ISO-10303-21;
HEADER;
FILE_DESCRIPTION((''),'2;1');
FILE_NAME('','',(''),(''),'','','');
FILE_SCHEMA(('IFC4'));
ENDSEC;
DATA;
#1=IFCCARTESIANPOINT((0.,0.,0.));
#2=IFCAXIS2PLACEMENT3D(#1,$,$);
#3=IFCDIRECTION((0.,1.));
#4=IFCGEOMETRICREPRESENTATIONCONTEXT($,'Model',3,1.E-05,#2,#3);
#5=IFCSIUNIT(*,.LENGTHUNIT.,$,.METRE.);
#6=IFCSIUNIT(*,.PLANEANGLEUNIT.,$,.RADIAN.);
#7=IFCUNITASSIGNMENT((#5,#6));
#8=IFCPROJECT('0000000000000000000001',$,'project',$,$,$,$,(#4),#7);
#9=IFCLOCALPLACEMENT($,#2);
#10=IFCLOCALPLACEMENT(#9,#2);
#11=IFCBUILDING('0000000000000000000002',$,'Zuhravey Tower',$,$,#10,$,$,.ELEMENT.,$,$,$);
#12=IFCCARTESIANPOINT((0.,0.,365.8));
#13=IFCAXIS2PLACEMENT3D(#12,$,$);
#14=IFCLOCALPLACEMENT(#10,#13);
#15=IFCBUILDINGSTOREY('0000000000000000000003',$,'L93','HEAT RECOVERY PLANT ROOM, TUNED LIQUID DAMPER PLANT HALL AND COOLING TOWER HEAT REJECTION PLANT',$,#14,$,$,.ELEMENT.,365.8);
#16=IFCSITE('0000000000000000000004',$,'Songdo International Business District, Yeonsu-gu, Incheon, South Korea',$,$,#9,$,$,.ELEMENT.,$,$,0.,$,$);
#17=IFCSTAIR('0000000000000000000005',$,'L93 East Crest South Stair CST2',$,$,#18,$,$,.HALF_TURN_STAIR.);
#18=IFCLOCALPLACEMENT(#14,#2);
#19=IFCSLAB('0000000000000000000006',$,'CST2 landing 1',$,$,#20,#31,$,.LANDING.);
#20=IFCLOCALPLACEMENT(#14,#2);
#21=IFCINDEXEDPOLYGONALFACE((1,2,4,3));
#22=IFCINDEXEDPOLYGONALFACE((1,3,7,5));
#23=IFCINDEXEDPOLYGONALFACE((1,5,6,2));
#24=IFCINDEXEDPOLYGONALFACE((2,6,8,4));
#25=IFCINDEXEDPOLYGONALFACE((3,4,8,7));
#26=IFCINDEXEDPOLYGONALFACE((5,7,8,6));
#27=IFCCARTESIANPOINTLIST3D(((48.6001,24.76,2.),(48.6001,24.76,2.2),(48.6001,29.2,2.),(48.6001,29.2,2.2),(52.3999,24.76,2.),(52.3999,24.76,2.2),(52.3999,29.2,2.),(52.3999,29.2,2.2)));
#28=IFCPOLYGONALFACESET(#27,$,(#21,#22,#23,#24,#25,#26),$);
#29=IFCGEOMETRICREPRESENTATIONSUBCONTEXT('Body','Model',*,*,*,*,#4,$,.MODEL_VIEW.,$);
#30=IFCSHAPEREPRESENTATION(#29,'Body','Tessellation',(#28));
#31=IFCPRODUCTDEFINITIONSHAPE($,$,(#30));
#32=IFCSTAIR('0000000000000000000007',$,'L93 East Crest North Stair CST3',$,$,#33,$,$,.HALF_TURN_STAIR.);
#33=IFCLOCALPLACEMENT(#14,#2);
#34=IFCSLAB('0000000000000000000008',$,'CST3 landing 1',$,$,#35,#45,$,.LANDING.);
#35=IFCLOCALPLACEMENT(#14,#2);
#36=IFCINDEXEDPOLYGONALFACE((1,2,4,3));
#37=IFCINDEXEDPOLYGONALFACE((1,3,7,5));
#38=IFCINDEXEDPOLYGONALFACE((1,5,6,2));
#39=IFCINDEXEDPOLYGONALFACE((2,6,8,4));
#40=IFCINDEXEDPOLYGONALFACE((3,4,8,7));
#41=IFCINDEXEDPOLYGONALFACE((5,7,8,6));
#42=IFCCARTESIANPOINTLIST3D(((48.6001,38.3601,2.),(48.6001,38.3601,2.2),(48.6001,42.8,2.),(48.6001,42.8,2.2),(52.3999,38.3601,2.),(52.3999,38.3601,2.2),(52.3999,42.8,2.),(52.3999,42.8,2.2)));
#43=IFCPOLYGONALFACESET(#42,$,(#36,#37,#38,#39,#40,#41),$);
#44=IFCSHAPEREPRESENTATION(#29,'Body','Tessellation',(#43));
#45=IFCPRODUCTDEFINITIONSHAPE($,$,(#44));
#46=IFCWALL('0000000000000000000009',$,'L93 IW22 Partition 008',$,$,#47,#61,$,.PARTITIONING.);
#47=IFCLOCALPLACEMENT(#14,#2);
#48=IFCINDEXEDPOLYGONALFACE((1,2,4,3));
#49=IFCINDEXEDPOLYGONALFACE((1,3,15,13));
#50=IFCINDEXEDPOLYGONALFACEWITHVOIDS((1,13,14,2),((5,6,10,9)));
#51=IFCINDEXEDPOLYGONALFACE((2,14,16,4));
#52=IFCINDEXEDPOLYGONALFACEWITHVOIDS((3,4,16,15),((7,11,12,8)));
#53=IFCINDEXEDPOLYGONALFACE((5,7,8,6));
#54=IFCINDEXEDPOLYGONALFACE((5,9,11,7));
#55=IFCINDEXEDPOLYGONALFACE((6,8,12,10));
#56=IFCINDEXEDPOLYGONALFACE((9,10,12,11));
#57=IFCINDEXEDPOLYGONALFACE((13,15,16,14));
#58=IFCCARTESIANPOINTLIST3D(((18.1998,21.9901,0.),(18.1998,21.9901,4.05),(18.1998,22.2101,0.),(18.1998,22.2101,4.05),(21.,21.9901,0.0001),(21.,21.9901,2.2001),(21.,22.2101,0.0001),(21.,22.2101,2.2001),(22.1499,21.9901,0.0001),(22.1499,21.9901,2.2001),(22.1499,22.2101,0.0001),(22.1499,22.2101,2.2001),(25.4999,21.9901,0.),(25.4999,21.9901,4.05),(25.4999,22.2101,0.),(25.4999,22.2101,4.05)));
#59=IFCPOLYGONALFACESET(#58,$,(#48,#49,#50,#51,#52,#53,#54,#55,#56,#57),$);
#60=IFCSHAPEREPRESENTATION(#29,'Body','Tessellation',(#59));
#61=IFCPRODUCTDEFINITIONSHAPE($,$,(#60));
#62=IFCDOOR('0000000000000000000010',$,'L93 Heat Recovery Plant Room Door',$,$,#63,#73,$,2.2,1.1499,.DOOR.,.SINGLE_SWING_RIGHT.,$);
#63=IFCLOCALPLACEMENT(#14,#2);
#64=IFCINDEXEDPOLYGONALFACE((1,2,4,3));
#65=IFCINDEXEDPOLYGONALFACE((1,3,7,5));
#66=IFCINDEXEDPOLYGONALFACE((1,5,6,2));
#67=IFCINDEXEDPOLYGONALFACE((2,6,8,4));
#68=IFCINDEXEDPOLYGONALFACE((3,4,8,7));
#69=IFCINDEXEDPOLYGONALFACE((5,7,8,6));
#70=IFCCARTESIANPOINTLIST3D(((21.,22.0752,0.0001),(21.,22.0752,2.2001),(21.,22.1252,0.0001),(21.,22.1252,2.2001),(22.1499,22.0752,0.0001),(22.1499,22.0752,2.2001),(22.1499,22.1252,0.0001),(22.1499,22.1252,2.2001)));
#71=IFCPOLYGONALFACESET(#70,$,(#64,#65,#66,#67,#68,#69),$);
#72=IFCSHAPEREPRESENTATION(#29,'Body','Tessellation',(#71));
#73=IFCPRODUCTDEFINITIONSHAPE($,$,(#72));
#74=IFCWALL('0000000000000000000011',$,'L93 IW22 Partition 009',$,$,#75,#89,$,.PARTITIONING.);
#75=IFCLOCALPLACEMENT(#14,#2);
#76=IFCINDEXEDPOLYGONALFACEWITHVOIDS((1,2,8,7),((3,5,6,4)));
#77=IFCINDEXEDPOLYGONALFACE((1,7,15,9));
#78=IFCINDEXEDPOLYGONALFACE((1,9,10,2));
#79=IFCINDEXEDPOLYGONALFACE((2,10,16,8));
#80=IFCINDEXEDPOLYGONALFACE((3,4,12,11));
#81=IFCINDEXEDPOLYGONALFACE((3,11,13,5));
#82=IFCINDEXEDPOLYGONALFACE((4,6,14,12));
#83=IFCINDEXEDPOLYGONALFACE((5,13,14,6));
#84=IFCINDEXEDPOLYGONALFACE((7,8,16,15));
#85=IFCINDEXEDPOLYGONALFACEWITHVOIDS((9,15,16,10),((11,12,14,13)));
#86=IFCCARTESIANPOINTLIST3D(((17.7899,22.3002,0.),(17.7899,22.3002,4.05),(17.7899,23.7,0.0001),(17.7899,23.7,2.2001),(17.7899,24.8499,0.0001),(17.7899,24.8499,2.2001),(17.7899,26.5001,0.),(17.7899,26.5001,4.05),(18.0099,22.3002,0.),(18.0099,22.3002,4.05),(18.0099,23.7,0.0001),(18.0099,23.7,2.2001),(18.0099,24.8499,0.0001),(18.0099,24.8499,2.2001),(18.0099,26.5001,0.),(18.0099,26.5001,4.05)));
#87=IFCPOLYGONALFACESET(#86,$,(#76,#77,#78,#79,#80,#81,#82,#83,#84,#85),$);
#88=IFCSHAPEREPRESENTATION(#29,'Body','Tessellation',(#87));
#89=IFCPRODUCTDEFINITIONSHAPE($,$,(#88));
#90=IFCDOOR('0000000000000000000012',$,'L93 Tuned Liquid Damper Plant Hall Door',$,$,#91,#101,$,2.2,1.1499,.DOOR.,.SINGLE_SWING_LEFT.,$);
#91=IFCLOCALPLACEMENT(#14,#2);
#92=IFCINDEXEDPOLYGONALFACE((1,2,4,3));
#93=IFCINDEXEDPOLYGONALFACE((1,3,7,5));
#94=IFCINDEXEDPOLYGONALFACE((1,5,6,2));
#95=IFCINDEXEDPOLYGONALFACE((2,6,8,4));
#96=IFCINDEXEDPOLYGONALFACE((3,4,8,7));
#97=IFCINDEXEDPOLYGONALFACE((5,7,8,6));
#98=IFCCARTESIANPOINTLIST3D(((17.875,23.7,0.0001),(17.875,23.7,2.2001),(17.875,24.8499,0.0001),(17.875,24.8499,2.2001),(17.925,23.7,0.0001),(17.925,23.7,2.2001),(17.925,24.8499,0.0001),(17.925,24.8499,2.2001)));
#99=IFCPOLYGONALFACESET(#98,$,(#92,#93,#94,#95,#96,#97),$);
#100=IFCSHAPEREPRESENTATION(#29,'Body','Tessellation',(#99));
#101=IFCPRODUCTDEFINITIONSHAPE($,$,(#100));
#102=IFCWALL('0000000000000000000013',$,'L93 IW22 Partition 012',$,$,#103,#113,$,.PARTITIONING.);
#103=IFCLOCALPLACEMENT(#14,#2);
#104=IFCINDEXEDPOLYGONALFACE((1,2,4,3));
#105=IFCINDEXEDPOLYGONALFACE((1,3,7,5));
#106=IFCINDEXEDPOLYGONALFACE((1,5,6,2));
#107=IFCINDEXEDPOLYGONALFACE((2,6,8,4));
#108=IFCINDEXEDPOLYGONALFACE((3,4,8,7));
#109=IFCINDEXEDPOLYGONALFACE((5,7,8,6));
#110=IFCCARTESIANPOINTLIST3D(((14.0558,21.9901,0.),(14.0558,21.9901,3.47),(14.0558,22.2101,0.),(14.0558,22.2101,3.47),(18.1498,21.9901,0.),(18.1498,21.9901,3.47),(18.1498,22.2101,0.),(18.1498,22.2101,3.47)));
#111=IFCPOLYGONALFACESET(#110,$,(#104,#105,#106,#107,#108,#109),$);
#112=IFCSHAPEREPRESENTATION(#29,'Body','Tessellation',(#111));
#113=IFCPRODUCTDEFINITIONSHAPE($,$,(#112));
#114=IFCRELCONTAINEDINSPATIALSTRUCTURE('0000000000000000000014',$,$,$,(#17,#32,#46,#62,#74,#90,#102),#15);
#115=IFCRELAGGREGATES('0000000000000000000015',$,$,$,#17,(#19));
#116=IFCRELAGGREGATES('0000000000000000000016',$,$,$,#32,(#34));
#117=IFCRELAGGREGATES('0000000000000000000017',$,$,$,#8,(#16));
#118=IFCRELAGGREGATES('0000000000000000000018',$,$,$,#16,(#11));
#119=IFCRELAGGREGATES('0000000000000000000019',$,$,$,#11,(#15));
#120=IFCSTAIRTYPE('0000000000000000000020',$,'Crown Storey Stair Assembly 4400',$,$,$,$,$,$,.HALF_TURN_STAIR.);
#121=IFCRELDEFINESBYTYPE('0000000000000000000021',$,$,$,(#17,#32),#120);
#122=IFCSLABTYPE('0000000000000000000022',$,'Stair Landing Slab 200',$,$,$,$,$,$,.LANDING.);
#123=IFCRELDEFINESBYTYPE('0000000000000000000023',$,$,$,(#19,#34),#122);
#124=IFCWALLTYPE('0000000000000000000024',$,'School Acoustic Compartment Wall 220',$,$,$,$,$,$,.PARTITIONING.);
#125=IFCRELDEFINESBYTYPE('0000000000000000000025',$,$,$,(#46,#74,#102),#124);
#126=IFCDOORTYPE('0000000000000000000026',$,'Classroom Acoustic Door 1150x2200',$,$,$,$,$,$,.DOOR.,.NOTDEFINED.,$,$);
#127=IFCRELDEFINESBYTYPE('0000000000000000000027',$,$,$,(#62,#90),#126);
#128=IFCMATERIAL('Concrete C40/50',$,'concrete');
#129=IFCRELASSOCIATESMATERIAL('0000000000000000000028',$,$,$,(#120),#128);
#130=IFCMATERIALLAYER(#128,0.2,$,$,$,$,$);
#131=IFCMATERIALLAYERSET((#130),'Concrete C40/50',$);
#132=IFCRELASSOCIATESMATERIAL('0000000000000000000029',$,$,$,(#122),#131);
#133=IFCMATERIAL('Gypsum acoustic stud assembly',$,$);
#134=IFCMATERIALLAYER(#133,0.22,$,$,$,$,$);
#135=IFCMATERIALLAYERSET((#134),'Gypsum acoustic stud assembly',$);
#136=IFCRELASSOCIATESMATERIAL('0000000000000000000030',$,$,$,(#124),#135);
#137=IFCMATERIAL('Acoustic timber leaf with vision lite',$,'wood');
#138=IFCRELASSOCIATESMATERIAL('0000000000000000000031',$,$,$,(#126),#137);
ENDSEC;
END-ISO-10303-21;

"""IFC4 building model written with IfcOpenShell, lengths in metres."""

from ifc_helpers import new_model, si_unit, direction, frame, frame_2d, origin, place, context, subcontext, project, spatial, polyline, rectangle, outline, extrude, material, layer, layer_set, type_object, element, fill, aggregate, save


model = new_model("IFC4")

# Units and contexts
model_context = context("Model", 3, precision=1e-05, world=origin(), true_north=direction((0.0, 1.0)))
body_context = subcontext(model_context, "Body", "Model", "MODEL_VIEW")
ifc_project = project(units=[si_unit("LENGTHUNIT", "METRE"), si_unit("PLANEANGLEUNIT", "RADIAN")], contexts=[model_context])

# Site, building, storey
site_placement = place(None, origin())
site = spatial("IfcSite", under=ifc_project, at=site_placement, Name="Songdo International Business District, Yeonsu-gu, Incheon, South Korea", CompositionType="ELEMENT", RefElevation=0.0)
building_placement = place(site_placement, origin())
building = spatial("IfcBuilding", under=site, at=building_placement, Name="Zuhravey Tower", CompositionType="ELEMENT")
storey_placement = place(building_placement, frame((0.0, 0.0, 365.8)))
storey = spatial("IfcBuildingStorey", under=building, at=storey_placement, Name="L93", Description="HEAT RECOVERY PLANT ROOM, TUNED LIQUID DAMPER PLANT HALL AND COOLING TOWER HEAT REJECTION PLANT", CompositionType="ELEMENT", Elevation=365.8)

# Stairs, slabs
ifc_material_1 = material(Name="Concrete C40/50", Category="concrete")
stair_type = type_object("IfcStairType", Name="Crown Storey Stair Assembly 4400", PredefinedType="HALF_TURN_STAIR", material=ifc_material_1)
ifc_layer_1 = layer(ifc_material_1, 0.2)
ifc_layer_set_1 = layer_set([ifc_layer_1], Name="Concrete C40/50")
slab_type_1 = type_object("IfcSlabType", Name="Stair Landing Slab 200", PredefinedType="LANDING", material=ifc_layer_set_1)
stair_1_placement = place(storey_placement, origin())
stair_1 = element("IfcStair", 1, at=stair_1_placement, inside=storey, type_object=stair_type, Name="L93 East Crest South Stair CST2", PredefinedType="HALF_TURN_STAIR")
slab_1_placement = place(storey_placement, frame((0.0, 0.0, 2.0)))
slab_1 = element("IfcSlab", 2, at=slab_1_placement, type_object=slab_type_1, Name="CST2 landing 1", PredefinedType="LANDING", context=body_context, shape_type="SweptSolid", body=[
    extrude(outline(polyline([(52.3999, 24.76), (52.3999, 29.2), (48.6001, 29.2), (48.6001, 24.76), (52.3999, 24.76)])), origin(), (0.0, 0.0, 1.0), 0.2),
])
aggregate(stair_1, [slab_1])
stair_2_placement = place(storey_placement, origin())
stair_2 = element("IfcStair", 3, at=stair_2_placement, inside=storey, type_object=stair_type, Name="L93 East Crest North Stair CST3", PredefinedType="HALF_TURN_STAIR")
slab_2_placement = place(storey_placement, frame((0.0, 0.0, 2.0)))
slab_2 = element("IfcSlab", 4, at=slab_2_placement, type_object=slab_type_1, Name="CST3 landing 1", PredefinedType="LANDING", context=body_context, shape_type="SweptSolid", body=[
    extrude(outline(polyline([(52.3999, 38.3601), (52.3999, 42.8), (48.6001, 42.8), (48.6001, 38.3601), (52.3999, 38.3601)])), origin(), (0.0, 0.0, 1.0), 0.2),
])
aggregate(stair_2, [slab_2])

# Walls, openings, doors
ifc_material_2 = material(Name="Gypsum acoustic stud assembly")
ifc_layer_2 = layer(ifc_material_2, 0.22)
ifc_layer_set_2 = layer_set([ifc_layer_2], Name="Gypsum acoustic stud assembly")
wall_type = type_object("IfcWallType", Name="School Acoustic Compartment Wall 220", PredefinedType="PARTITIONING", material=ifc_layer_set_2)
wall_1_placement = place(storey_placement, frame((18.2, 22.1001, 0.0), z_axis=(0.0, 0.0, 1.0), x_axis=(1.0, 0.0, 0.0)))
wall_1 = element("IfcWall", 5, at=wall_1_placement, inside=storey, type_object=wall_type, Name="L93 IW22 Partition 008", PredefinedType="PARTITIONING", context=body_context, shape_type="SweptSolid", body=[
    extrude(rectangle(XDim=7.3, YDim=0.22, at=frame_2d((3.6499, 0.0))), origin(), (0.0, 0.0, 1.0), 4.05),
])
opening_1_placement = place(wall_1_placement, frame((2.8, 0.0, 0.0)))
opening_1 = element("IfcOpeningElement", 6, at=opening_1_placement, cuts=wall_1, PredefinedType="OPENING", context=body_context, shape_type="SweptSolid", body=[
    extrude(rectangle(XDim=1.1499, YDim=2.2, at=frame_2d((0.575, 1.1001))), frame((0.0, 0.1221, 0.0), z_axis=(0.0, -1.0, 0.0), x_axis=(1.0, 0.0, 0.0)), (0.0, 0.0, 1.0), 0.2439),
])
ifc_material_3 = material(Name="Acoustic timber leaf with vision lite", Category="wood")
door_type = type_object("IfcDoorType", Name="Classroom Acoustic Door 1150x2200", OperationType="NOTDEFINED", PredefinedType="DOOR", material=ifc_material_3)
door_1_placement = place(opening_1_placement, frame((1.1499, 0.0, 0.0), z_axis=(0.0, 0.0, 1.0), x_axis=(-1.0, 0.0, 0.0)))
door_1 = element("IfcDoor", 7, at=door_1_placement, inside=storey, type_object=door_type, Name="L93 Heat Recovery Plant Room Door", OperationType="SINGLE_SWING_RIGHT", OverallHeight=2.2, OverallWidth=1.1499, PredefinedType="DOOR", context=body_context, shape_type="SweptSolid", body=[
    extrude(rectangle(XDim=1.1499, YDim=2.2, at=frame_2d((0.575, 1.1001))), frame((0.0, 0.0249, 0.0), z_axis=(0.0, -1.0, 0.0), x_axis=(1.0, 0.0, 0.0)), (0.0, 0.0, 1.0), 0.05),
])
fill(opening_1, door_1)
wall_2_placement = place(storey_placement, frame((17.8999, 22.3, 0.0), z_axis=(0.0, 0.0, 1.0), x_axis=(0.0, 1.0, 0.0)))
wall_2 = element("IfcWall", 8, at=wall_2_placement, inside=storey, type_object=wall_type, Name="L93 IW22 Partition 009", PredefinedType="PARTITIONING", context=body_context, shape_type="SweptSolid", body=[
    extrude(rectangle(XDim=4.2, YDim=0.22, at=frame_2d((2.1001, 0.0))), origin(), (0.0, 0.0, 1.0), 4.05),
])
opening_2_placement = place(wall_2_placement, frame((1.3999, 0.0, 0.0)))
opening_2 = element("IfcOpeningElement", 9, at=opening_2_placement, cuts=wall_2, PredefinedType="OPENING", context=body_context, shape_type="SweptSolid", body=[
    extrude(rectangle(XDim=1.1499, YDim=2.2, at=frame_2d((0.575, 1.1001))), frame((0.0, 0.1221, 0.0), z_axis=(0.0, -1.0, 0.0), x_axis=(1.0, 0.0, 0.0)), (0.0, 0.0, 1.0), 0.2439),
])
door_2_placement = place(opening_2_placement, origin())
door_2 = element("IfcDoor", 10, at=door_2_placement, inside=storey, type_object=door_type, Name="L93 Tuned Liquid Damper Plant Hall Door", OperationType="SINGLE_SWING_LEFT", OverallHeight=2.2, OverallWidth=1.1499, PredefinedType="DOOR", context=body_context, shape_type="SweptSolid", body=[
    extrude(rectangle(XDim=1.1499, YDim=2.2, at=frame_2d((0.575, 1.1001))), frame((0.0, 0.0249, 0.0), z_axis=(0.0, -1.0, 0.0), x_axis=(1.0, 0.0, 0.0)), (0.0, 0.0, 1.0), 0.05),
])
fill(opening_2, door_2)

# Wall
wall_3_placement = place(storey_placement, frame((14.0559, 22.1001, 0.0), z_axis=(0.0, 0.0, 1.0), x_axis=(1.0, 0.0, 0.0)))
element("IfcWall", 11, at=wall_3_placement, inside=storey, type_object=wall_type, Name="L93 IW22 Partition 012", PredefinedType="PARTITIONING", context=body_context, shape_type="SweptSolid", body=[
    extrude(rectangle(XDim=4.094, YDim=0.22, at=frame_2d((2.0469, 0.0))), origin(), (0.0, 0.0, 1.0), 3.47),
])

save(model, "model.ifc")
